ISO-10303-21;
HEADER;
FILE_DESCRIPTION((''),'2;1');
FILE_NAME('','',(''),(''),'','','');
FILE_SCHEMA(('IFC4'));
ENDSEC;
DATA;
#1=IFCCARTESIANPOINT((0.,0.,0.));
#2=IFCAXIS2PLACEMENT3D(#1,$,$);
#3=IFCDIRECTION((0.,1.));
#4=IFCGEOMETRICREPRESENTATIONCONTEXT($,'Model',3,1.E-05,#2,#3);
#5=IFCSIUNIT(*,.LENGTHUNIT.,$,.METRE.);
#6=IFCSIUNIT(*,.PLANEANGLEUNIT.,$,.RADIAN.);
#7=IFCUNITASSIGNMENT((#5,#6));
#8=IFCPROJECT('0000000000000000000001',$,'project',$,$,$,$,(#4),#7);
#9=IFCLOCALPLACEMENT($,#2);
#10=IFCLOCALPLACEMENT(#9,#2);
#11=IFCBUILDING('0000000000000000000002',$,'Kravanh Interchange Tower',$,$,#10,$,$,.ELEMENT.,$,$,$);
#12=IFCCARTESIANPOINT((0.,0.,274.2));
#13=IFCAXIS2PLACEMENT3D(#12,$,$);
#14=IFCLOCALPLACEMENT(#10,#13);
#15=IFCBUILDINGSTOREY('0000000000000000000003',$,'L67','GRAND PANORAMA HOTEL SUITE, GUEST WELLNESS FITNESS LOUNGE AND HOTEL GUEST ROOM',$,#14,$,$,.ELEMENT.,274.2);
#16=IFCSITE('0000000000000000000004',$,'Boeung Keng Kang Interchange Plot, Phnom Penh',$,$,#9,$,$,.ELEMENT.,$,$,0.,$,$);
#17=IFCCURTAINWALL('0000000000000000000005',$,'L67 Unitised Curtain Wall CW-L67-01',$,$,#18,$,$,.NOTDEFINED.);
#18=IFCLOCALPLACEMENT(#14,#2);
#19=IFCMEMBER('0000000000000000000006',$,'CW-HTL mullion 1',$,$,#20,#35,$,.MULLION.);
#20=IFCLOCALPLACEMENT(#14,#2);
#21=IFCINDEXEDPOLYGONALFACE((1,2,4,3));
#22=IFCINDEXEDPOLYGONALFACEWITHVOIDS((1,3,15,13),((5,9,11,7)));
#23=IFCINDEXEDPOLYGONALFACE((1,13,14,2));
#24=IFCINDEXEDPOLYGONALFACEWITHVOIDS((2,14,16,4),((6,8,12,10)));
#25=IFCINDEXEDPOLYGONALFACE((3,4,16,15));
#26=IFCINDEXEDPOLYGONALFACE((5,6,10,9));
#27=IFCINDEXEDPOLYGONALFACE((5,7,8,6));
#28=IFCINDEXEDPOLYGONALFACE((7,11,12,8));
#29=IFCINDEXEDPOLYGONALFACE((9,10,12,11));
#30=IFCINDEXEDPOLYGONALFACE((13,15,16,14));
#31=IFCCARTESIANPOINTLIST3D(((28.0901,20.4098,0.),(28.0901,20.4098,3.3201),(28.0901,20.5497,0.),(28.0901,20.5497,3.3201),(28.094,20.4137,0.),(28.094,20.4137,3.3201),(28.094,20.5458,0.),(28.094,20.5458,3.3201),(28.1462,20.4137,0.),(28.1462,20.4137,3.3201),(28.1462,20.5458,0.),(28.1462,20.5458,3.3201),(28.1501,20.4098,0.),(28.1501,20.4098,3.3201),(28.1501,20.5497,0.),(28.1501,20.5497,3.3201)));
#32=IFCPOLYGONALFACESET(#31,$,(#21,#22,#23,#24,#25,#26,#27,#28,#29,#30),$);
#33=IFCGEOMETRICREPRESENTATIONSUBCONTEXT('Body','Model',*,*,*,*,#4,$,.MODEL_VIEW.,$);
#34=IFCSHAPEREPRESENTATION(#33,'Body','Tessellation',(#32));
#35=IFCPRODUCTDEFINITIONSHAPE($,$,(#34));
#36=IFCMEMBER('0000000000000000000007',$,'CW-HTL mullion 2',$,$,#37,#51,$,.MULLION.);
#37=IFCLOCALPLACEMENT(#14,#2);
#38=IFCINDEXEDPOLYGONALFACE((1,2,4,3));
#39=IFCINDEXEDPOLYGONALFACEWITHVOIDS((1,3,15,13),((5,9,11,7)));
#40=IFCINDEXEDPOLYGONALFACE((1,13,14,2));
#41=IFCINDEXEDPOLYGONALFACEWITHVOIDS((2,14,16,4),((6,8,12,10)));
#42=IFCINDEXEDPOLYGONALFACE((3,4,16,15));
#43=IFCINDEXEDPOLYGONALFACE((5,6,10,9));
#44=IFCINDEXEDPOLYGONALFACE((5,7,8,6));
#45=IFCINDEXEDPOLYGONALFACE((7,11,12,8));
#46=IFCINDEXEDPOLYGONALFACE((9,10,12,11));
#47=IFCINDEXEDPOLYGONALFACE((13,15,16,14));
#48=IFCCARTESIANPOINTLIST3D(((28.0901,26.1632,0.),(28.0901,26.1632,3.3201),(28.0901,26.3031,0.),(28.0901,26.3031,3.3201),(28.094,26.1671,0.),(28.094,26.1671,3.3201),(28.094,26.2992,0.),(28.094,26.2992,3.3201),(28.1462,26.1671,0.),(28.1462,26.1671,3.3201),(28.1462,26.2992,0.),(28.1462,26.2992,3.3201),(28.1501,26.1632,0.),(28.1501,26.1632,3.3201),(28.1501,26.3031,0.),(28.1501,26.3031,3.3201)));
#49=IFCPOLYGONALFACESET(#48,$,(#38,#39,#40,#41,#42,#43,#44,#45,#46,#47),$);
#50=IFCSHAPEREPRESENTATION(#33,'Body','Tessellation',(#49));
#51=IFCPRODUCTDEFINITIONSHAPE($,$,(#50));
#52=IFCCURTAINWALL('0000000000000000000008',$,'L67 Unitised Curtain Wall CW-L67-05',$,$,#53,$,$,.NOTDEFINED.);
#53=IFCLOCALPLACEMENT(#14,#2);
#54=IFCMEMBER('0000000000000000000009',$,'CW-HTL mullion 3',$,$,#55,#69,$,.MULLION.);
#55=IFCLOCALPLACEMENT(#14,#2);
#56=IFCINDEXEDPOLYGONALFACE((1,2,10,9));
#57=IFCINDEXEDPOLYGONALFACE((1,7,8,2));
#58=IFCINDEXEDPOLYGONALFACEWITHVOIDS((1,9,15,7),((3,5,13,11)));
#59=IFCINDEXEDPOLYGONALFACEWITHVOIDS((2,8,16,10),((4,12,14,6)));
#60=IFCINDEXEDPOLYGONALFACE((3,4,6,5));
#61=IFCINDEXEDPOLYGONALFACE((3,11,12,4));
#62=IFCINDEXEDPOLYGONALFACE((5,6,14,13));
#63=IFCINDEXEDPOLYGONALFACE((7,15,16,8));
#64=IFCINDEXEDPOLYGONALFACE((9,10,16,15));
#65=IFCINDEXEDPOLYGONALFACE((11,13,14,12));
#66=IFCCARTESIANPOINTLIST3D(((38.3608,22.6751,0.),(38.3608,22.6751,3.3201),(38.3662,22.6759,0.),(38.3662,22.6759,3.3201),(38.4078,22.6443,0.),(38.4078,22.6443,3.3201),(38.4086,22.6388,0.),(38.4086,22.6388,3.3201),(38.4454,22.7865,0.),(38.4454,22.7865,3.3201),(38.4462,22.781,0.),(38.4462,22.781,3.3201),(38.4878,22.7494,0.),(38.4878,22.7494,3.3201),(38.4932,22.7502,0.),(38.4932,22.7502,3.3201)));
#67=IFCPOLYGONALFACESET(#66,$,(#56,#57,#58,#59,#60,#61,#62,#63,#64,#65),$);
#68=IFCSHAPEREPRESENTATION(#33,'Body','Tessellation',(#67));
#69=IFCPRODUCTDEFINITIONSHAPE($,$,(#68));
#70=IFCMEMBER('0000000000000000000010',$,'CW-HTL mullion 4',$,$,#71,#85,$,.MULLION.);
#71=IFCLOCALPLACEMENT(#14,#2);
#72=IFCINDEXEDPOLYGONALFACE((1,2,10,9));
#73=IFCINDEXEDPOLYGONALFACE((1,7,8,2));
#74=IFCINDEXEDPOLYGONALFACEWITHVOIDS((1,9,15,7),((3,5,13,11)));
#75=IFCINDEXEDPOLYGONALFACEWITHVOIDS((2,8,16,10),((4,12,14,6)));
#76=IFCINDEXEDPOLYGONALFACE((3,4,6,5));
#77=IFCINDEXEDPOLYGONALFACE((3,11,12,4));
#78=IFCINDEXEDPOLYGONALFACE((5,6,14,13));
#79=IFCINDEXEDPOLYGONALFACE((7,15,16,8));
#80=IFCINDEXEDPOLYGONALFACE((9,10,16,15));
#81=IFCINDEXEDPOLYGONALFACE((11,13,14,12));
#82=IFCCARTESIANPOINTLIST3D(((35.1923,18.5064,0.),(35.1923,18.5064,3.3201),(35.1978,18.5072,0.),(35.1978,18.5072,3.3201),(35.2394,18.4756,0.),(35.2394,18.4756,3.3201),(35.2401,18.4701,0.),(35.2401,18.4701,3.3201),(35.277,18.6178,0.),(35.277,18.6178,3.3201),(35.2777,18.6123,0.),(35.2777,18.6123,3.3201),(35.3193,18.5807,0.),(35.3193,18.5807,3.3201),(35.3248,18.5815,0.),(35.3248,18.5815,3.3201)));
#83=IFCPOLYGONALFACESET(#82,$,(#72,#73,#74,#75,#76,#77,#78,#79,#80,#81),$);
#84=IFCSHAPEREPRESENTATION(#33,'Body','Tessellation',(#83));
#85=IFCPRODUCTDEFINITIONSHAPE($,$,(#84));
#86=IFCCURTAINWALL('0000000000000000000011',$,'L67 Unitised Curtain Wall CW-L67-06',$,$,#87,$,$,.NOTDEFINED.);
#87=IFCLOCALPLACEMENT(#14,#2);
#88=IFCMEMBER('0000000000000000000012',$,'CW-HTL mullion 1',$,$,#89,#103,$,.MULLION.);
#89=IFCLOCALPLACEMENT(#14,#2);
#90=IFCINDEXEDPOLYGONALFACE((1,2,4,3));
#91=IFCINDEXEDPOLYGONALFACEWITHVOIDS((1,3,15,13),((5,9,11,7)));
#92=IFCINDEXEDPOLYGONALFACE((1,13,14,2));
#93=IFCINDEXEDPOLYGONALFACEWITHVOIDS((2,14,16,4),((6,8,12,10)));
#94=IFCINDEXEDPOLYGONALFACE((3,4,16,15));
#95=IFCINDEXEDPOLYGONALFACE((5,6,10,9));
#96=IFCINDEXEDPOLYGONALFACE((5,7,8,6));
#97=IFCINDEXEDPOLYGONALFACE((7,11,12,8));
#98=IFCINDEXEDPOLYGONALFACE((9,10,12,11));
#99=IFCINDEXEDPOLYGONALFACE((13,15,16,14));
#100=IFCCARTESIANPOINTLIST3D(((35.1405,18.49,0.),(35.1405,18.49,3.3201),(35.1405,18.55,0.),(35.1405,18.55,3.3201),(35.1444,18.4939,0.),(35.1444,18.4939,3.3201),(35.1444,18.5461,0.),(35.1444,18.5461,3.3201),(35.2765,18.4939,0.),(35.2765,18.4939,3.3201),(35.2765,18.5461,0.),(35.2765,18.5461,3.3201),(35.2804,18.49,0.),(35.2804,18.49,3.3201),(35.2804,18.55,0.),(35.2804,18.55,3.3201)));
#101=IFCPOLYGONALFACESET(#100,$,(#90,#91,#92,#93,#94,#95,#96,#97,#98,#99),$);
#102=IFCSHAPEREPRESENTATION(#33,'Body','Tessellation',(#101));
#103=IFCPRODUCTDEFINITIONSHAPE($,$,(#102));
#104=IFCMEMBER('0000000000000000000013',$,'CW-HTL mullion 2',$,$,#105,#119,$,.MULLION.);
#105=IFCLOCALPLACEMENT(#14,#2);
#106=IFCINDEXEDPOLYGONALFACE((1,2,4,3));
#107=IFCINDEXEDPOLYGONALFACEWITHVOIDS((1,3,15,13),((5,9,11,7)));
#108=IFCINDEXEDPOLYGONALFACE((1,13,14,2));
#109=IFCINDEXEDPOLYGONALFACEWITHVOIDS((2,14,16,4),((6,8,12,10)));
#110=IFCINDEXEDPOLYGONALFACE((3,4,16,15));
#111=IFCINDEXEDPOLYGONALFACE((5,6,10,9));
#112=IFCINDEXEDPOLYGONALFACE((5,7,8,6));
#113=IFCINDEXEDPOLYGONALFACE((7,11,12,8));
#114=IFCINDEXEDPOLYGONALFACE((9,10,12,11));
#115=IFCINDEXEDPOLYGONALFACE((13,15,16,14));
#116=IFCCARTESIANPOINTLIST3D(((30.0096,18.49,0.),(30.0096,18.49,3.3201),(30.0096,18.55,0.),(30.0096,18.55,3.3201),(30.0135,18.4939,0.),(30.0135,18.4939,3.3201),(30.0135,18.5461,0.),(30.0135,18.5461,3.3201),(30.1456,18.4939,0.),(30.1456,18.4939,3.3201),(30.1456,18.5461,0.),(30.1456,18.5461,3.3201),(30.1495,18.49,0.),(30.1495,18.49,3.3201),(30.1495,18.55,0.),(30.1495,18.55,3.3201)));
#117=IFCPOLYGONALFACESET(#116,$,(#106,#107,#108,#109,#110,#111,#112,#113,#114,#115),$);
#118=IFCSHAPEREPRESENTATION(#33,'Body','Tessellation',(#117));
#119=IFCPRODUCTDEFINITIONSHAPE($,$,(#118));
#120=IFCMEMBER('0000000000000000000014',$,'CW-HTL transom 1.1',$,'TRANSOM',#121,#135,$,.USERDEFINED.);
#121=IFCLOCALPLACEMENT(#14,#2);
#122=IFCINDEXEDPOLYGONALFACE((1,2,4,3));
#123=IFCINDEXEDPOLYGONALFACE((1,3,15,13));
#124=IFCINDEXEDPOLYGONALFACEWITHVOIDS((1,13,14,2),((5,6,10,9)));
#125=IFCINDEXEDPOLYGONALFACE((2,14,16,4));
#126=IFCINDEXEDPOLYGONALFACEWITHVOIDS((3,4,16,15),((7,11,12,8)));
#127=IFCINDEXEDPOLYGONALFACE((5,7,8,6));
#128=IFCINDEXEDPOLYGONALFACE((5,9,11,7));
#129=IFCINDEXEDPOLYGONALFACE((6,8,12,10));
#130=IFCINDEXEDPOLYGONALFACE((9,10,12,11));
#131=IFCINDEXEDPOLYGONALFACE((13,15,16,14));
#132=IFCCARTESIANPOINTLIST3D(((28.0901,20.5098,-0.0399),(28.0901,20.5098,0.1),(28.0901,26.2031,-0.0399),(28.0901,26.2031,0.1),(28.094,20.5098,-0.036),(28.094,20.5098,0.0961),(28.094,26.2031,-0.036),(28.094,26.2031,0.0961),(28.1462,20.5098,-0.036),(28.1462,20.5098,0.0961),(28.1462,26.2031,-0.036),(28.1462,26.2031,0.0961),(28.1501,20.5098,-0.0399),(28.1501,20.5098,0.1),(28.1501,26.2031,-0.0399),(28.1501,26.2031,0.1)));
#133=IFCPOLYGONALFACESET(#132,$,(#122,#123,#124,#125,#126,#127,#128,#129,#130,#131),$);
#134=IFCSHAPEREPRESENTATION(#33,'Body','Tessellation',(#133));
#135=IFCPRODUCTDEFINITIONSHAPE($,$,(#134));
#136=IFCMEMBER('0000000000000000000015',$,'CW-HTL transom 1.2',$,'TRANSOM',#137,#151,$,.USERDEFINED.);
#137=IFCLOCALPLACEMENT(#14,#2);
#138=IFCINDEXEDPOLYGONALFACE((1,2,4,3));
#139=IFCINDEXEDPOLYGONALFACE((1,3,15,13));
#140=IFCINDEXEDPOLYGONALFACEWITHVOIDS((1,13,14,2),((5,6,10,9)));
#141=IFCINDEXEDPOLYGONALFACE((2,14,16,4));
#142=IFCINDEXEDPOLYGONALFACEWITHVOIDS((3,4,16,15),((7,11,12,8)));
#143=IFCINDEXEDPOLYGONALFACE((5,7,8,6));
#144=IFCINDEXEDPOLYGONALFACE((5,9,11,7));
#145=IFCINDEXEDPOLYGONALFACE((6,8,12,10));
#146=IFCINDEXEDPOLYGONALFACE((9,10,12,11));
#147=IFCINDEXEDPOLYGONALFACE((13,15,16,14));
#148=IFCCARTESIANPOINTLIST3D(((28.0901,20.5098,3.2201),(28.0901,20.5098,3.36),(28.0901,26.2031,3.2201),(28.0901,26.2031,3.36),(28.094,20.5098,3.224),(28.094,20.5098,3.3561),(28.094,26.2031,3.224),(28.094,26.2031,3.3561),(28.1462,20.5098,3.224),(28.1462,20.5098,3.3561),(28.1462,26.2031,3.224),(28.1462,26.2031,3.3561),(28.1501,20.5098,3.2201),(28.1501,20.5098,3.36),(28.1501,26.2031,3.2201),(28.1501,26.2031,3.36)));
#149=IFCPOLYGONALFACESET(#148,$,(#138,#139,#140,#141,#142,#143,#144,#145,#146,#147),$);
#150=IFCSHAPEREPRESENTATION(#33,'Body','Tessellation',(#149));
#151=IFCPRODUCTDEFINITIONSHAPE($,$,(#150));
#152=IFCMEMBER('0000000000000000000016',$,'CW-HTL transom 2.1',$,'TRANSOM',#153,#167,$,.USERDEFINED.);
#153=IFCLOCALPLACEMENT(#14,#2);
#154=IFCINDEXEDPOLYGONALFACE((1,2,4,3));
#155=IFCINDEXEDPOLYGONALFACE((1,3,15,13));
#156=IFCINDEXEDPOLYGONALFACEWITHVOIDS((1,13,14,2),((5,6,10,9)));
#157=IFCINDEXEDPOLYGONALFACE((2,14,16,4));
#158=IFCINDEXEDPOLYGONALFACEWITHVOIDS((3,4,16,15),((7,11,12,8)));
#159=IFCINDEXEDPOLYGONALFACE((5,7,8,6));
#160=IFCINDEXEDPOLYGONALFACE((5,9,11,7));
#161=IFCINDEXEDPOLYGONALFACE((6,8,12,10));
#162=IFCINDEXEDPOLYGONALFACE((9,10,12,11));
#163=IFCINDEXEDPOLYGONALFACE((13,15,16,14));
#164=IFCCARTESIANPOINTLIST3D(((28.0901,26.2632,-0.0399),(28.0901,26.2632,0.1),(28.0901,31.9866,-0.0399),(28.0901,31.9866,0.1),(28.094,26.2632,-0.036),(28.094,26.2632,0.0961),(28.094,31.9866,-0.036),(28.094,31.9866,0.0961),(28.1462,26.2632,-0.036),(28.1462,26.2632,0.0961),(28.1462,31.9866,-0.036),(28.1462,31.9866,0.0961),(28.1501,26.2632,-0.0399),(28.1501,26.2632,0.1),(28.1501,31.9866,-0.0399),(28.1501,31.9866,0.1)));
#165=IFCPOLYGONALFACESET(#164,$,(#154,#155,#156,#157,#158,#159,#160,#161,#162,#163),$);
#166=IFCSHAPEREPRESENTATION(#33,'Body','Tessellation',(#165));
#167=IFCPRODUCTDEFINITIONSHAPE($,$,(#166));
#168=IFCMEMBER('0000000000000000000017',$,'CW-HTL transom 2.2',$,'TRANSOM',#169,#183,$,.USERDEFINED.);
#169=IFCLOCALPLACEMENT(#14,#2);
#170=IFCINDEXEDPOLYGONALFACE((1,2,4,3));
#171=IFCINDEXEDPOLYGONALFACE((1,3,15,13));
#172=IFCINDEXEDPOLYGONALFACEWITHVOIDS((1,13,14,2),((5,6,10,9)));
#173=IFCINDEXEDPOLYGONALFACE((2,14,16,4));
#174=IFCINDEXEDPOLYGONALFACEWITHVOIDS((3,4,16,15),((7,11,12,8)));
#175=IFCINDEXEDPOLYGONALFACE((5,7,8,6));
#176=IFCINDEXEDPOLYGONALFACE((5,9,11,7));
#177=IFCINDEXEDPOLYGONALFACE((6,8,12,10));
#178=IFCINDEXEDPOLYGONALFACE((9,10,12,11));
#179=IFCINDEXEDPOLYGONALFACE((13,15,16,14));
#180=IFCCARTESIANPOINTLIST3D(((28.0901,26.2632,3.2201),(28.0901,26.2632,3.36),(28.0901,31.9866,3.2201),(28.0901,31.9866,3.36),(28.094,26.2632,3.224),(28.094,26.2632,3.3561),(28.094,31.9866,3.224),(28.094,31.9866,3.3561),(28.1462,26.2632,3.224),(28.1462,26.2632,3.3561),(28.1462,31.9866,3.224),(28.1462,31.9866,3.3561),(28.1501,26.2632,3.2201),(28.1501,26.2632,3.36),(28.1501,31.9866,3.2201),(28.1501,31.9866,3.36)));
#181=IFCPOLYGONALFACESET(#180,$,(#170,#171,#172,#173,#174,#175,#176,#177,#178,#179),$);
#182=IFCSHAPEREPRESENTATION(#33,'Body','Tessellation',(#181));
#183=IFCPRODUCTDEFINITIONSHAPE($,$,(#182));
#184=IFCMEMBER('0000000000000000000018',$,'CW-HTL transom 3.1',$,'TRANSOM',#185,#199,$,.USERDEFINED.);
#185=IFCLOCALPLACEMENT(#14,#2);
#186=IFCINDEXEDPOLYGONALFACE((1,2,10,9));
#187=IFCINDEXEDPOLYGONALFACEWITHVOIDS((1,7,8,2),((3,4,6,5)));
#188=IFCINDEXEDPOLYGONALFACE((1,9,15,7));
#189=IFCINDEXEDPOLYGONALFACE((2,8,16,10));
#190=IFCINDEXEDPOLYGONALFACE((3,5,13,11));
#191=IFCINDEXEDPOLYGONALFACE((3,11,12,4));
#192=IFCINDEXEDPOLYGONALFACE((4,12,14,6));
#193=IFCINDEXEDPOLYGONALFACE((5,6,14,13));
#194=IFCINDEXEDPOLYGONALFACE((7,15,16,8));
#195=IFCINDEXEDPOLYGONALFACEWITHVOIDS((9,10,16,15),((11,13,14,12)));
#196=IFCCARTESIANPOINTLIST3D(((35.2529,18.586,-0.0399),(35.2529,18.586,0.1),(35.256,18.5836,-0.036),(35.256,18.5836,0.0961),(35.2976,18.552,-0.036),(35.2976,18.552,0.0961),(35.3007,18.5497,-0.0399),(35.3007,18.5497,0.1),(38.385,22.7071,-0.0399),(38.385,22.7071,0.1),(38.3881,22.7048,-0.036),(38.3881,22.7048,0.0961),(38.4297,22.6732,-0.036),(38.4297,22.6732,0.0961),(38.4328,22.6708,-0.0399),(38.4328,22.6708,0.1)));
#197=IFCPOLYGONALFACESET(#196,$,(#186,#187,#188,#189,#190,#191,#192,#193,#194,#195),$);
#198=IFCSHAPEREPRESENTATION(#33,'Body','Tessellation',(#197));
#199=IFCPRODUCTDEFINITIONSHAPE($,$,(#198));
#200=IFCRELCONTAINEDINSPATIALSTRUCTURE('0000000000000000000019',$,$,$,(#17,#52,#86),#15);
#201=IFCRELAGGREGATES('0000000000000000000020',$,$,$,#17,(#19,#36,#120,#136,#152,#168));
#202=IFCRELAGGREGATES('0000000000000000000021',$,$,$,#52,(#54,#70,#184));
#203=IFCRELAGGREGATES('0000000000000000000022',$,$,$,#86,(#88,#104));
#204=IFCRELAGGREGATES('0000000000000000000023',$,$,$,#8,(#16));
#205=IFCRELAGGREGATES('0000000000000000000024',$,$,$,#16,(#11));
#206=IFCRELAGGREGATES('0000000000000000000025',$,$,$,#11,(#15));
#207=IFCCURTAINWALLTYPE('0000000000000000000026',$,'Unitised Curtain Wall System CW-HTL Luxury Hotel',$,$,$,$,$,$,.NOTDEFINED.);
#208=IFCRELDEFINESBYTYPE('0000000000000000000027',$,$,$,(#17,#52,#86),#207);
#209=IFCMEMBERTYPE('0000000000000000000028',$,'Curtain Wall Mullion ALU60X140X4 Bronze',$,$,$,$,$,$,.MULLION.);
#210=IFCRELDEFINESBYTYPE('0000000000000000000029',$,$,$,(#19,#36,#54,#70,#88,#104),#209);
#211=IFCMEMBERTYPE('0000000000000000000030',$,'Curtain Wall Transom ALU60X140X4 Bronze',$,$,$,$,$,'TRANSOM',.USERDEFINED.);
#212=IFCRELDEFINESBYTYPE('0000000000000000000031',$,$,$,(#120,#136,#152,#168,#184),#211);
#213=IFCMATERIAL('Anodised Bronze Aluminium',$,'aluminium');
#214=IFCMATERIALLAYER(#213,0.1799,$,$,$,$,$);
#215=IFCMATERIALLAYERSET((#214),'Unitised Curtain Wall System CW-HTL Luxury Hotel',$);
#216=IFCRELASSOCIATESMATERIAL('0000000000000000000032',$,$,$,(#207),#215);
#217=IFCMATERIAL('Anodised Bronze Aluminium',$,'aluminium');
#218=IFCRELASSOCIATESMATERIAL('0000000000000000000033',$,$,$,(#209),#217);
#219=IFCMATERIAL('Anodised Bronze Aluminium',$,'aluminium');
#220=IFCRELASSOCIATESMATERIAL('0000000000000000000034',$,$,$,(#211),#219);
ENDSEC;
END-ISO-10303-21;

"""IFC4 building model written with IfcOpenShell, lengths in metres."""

from ifc_helpers import new_model, si_unit, direction, frame, origin, origin_2d, place, context, subcontext, project, spatial, hollow_rectangle, extrude, material, layer, layer_set, material_profile, profile_set, type_object, element, aggregate, save


model = new_model("IFC4")

# Units and contexts
model_context = context("Model", 3, precision=1e-05, world=origin(), true_north=direction((0.0, 1.0)))
body_context = subcontext(model_context, "Body", "Model", "MODEL_VIEW")
ifc_project = project(units=[si_unit("LENGTHUNIT", "METRE"), si_unit("PLANEANGLEUNIT", "RADIAN")], contexts=[model_context])

# Site, building, storey
site_placement = place(None, origin())
site = spatial("IfcSite", under=ifc_project, at=site_placement, Name="Boeung Keng Kang Interchange Plot, Phnom Penh", CompositionType="ELEMENT", RefElevation=0.0)
building_placement = place(site_placement, origin())
building = spatial("IfcBuilding", under=site, at=building_placement, Name="Kravanh Interchange Tower", CompositionType="ELEMENT")
storey_placement = place(building_placement, frame((0.0, 0.0, 274.2)))
storey = spatial("IfcBuildingStorey", under=building, at=storey_placement, Name="L67", Description="GRAND PANORAMA HOTEL SUITE, GUEST WELLNESS FITNESS LOUNGE AND HOTEL GUEST ROOM", CompositionType="ELEMENT", Elevation=274.2)

# Curtain walls, members
ifc_material_1 = material(Name="Anodised Bronze Aluminium", Category="aluminium")
ifc_layer_1 = layer(ifc_material_1, 0.1799)
ifc_layer_set_1 = layer_set([ifc_layer_1], Name="Unitised Curtain Wall System CW-HTL Luxury Hotel")
curtain_wall_type = type_object("IfcCurtainWallType", Name="Unitised Curtain Wall System CW-HTL Luxury Hotel", PredefinedType="NOTDEFINED", material=ifc_layer_set_1)
curtain_wall_1_placement = place(storey_placement, origin())
curtain_wall_1 = element("IfcCurtainWall", 1, at=curtain_wall_1_placement, inside=storey, type_object=curtain_wall_type, Name="L67 Unitised Curtain Wall CW-L67-01", PredefinedType="NOTDEFINED")
ifc_material_2 = material(Name="Anodised Bronze Aluminium", Category="aluminium")
ifc_material_profile_1 = material_profile(ifc_material_2, hollow_rectangle(XDim=0.0601, YDim=0.1399, WallThickness=0.0039, at=origin_2d()), Name="ALU60X140X4")
ifc_profile_set_1 = profile_set([ifc_material_profile_1], Name="Anodised Bronze Aluminium")
member_type_1 = type_object("IfcMemberType", Name="Curtain Wall Mullion ALU60X140X4 Bronze", PredefinedType="MULLION", material=ifc_profile_set_1)
member_1_placement = place(storey_placement, frame((28.1201, 20.4797, 0.0), z_axis=(0.0, 0.0, 1.0), x_axis=(-1.0, 0.0, 0.0)))
member_1 = element("IfcMember", 2, at=member_1_placement, type_object=member_type_1, Name="CW-HTL mullion 1", PredefinedType="MULLION", context=body_context, shape_type="SweptSolid", body=[
    extrude(hollow_rectangle(XDim=0.0601, YDim=0.1399, WallThickness=0.0039, at=origin_2d()), origin(), (0.0, 0.0, 1.0), 3.3201),
])
member_2_placement = place(storey_placement, frame((28.1201, 26.2332, 0.0), z_axis=(0.0, 0.0, 1.0), x_axis=(-1.0, 0.0, 0.0)))
member_2 = element("IfcMember", 3, at=member_2_placement, type_object=member_type_1, Name="CW-HTL mullion 2", PredefinedType="MULLION", context=body_context, shape_type="SweptSolid", body=[
    extrude(hollow_rectangle(XDim=0.0601, YDim=0.1399, WallThickness=0.0039, at=origin_2d()), origin(), (0.0, 0.0, 1.0), 3.3201),
])
curtain_wall_2_placement = place(storey_placement, origin())
curtain_wall_2 = element("IfcCurtainWall", 4, at=curtain_wall_2_placement, inside=storey, type_object=curtain_wall_type, Name="L67 Unitised Curtain Wall CW-L67-05", PredefinedType="NOTDEFINED")
member_3_placement = place(storey_placement, frame((38.427, 22.7126, 0.0), z_axis=(0.0, 0.0, 1.0), x_axis=(0.796162, -0.605083, 0.0)))
member_3 = element("IfcMember", 5, at=member_3_placement, type_object=member_type_1, Name="CW-HTL mullion 3", PredefinedType="MULLION", context=body_context, shape_type="SweptSolid", body=[
    extrude(hollow_rectangle(XDim=0.0601, YDim=0.1399, WallThickness=0.0039, at=origin_2d()), origin(), (0.0, 0.0, 1.0), 3.3201),
])
member_4_placement = place(storey_placement, frame((35.2585, 18.5439, 0.0), z_axis=(0.0, 0.0, 1.0), x_axis=(0.796162, -0.605083, 0.0)))
member_4 = element("IfcMember", 6, at=member_4_placement, type_object=member_type_1, Name="CW-HTL mullion 4", PredefinedType="MULLION", context=body_context, shape_type="SweptSolid", body=[
    extrude(hollow_rectangle(XDim=0.0601, YDim=0.1399, WallThickness=0.0039, at=origin_2d()), origin(), (0.0, 0.0, 1.0), 3.3201),
])
curtain_wall_3_placement = place(storey_placement, origin())
curtain_wall_3 = element("IfcCurtainWall", 7, at=curtain_wall_3_placement, inside=storey, type_object=curtain_wall_type, Name="L67 Unitised Curtain Wall CW-L67-06", PredefinedType="NOTDEFINED")
member_5_placement = place(storey_placement, frame((35.2104, 18.52, 0.0), z_axis=(0.0, 0.0, 1.0), x_axis=(0.0, -1.0, 0.0)))
member_5 = element("IfcMember", 8, at=member_5_placement, type_object=member_type_1, Name="CW-HTL mullion 1", PredefinedType="MULLION", context=body_context, shape_type="SweptSolid", body=[
    extrude(hollow_rectangle(XDim=0.0601, YDim=0.1399, WallThickness=0.0039, at=origin_2d()), origin(), (0.0, 0.0, 1.0), 3.3201),
])
member_6_placement = place(storey_placement, frame((30.0796, 18.52, 0.0), z_axis=(0.0, 0.0, 1.0), x_axis=(0.0, -1.0, 0.0)))
member_6 = element("IfcMember", 9, at=member_6_placement, type_object=member_type_1, Name="CW-HTL mullion 2", PredefinedType="MULLION", context=body_context, shape_type="SweptSolid", body=[
    extrude(hollow_rectangle(XDim=0.0601, YDim=0.1399, WallThickness=0.0039, at=origin_2d()), origin(), (0.0, 0.0, 1.0), 3.3201),
])

# Members
ifc_material_3 = material(Name="Anodised Bronze Aluminium", Category="aluminium")
ifc_material_profile_2 = material_profile(ifc_material_3, hollow_rectangle(XDim=0.0601, YDim=0.1399, WallThickness=0.0039, at=origin_2d()), Name="ALU60X140X4")
ifc_profile_set_2 = profile_set([ifc_material_profile_2], Name="Anodised Bronze Aluminium")
member_type_2 = type_object("IfcMemberType", Name="Curtain Wall Transom ALU60X140X4 Bronze", ElementType="TRANSOM", PredefinedType="USERDEFINED", material=ifc_profile_set_2)
member_7_placement = place(storey_placement, frame((28.1201, 20.5098, 0.03), z_axis=(0.0, 1.0, 0.0), x_axis=(-1.0, 0.0, 0.0)))
member_7 = element("IfcMember", 10, at=member_7_placement, type_object=member_type_2, Name="CW-HTL transom 1.1", ObjectType="TRANSOM", PredefinedType="USERDEFINED", context=body_context, shape_type="SweptSolid", body=[
    extrude(hollow_rectangle(XDim=0.0601, YDim=0.1399, WallThickness=0.0039, at=origin_2d()), origin(), (0.0, 0.0, 1.0), 5.6934),
])
member_8_placement = place(storey_placement, frame((28.1201, 20.5098, 3.29), z_axis=(0.0, 1.0, 0.0), x_axis=(-1.0, 0.0, 0.0)))
member_8 = element("IfcMember", 11, at=member_8_placement, type_object=member_type_2, Name="CW-HTL transom 1.2", ObjectType="TRANSOM", PredefinedType="USERDEFINED", context=body_context, shape_type="SweptSolid", body=[
    extrude(hollow_rectangle(XDim=0.0601, YDim=0.1399, WallThickness=0.0039, at=origin_2d()), origin(), (0.0, 0.0, 1.0), 5.6934),
])
member_9_placement = place(storey_placement, frame((28.1201, 26.2632, 0.03), z_axis=(0.0, 1.0, 0.0), x_axis=(-1.0, 0.0, 0.0)))
member_9 = element("IfcMember", 12, at=member_9_placement, type_object=member_type_2, Name="CW-HTL transom 2.1", ObjectType="TRANSOM", PredefinedType="USERDEFINED", context=body_context, shape_type="SweptSolid", body=[
    extrude(hollow_rectangle(XDim=0.0601, YDim=0.1399, WallThickness=0.0039, at=origin_2d()), origin(), (0.0, 0.0, 1.0), 5.7234),
])
member_10_placement = place(storey_placement, frame((28.1201, 26.2632, 3.29), z_axis=(0.0, 1.0, 0.0), x_axis=(-1.0, 0.0, 0.0)))
member_10 = element("IfcMember", 13, at=member_10_placement, type_object=member_type_2, Name="CW-HTL transom 2.2", ObjectType="TRANSOM", PredefinedType="USERDEFINED", context=body_context, shape_type="SweptSolid", body=[
    extrude(hollow_rectangle(XDim=0.0601, YDim=0.1399, WallThickness=0.0039, at=origin_2d()), origin(), (0.0, 0.0, 1.0), 5.7234),
])
member_11_placement = place(storey_placement, frame((38.4089, 22.689, 0.03), z_axis=(-0.605089, -0.796158, 0.0), x_axis=(0.796158, -0.605089, 0.0)))
member_11 = element("IfcMember", 14, at=member_11_placement, type_object=member_type_2, Name="CW-HTL transom 3.1", ObjectType="TRANSOM", PredefinedType="USERDEFINED", context=body_context, shape_type="SweptSolid", body=[
    extrude(hollow_rectangle(XDim=0.0601, YDim=0.1399, WallThickness=0.0039, at=origin_2d()), origin(), (0.0, 0.0, 1.0), 5.1763),
])

aggregate(curtain_wall_1, [member_1, member_2, member_7, member_8, member_9, member_10])
aggregate(curtain_wall_2, [member_3, member_4, member_11])
aggregate(curtain_wall_3, [member_5, member_6])

save(model, "model.ifc")
